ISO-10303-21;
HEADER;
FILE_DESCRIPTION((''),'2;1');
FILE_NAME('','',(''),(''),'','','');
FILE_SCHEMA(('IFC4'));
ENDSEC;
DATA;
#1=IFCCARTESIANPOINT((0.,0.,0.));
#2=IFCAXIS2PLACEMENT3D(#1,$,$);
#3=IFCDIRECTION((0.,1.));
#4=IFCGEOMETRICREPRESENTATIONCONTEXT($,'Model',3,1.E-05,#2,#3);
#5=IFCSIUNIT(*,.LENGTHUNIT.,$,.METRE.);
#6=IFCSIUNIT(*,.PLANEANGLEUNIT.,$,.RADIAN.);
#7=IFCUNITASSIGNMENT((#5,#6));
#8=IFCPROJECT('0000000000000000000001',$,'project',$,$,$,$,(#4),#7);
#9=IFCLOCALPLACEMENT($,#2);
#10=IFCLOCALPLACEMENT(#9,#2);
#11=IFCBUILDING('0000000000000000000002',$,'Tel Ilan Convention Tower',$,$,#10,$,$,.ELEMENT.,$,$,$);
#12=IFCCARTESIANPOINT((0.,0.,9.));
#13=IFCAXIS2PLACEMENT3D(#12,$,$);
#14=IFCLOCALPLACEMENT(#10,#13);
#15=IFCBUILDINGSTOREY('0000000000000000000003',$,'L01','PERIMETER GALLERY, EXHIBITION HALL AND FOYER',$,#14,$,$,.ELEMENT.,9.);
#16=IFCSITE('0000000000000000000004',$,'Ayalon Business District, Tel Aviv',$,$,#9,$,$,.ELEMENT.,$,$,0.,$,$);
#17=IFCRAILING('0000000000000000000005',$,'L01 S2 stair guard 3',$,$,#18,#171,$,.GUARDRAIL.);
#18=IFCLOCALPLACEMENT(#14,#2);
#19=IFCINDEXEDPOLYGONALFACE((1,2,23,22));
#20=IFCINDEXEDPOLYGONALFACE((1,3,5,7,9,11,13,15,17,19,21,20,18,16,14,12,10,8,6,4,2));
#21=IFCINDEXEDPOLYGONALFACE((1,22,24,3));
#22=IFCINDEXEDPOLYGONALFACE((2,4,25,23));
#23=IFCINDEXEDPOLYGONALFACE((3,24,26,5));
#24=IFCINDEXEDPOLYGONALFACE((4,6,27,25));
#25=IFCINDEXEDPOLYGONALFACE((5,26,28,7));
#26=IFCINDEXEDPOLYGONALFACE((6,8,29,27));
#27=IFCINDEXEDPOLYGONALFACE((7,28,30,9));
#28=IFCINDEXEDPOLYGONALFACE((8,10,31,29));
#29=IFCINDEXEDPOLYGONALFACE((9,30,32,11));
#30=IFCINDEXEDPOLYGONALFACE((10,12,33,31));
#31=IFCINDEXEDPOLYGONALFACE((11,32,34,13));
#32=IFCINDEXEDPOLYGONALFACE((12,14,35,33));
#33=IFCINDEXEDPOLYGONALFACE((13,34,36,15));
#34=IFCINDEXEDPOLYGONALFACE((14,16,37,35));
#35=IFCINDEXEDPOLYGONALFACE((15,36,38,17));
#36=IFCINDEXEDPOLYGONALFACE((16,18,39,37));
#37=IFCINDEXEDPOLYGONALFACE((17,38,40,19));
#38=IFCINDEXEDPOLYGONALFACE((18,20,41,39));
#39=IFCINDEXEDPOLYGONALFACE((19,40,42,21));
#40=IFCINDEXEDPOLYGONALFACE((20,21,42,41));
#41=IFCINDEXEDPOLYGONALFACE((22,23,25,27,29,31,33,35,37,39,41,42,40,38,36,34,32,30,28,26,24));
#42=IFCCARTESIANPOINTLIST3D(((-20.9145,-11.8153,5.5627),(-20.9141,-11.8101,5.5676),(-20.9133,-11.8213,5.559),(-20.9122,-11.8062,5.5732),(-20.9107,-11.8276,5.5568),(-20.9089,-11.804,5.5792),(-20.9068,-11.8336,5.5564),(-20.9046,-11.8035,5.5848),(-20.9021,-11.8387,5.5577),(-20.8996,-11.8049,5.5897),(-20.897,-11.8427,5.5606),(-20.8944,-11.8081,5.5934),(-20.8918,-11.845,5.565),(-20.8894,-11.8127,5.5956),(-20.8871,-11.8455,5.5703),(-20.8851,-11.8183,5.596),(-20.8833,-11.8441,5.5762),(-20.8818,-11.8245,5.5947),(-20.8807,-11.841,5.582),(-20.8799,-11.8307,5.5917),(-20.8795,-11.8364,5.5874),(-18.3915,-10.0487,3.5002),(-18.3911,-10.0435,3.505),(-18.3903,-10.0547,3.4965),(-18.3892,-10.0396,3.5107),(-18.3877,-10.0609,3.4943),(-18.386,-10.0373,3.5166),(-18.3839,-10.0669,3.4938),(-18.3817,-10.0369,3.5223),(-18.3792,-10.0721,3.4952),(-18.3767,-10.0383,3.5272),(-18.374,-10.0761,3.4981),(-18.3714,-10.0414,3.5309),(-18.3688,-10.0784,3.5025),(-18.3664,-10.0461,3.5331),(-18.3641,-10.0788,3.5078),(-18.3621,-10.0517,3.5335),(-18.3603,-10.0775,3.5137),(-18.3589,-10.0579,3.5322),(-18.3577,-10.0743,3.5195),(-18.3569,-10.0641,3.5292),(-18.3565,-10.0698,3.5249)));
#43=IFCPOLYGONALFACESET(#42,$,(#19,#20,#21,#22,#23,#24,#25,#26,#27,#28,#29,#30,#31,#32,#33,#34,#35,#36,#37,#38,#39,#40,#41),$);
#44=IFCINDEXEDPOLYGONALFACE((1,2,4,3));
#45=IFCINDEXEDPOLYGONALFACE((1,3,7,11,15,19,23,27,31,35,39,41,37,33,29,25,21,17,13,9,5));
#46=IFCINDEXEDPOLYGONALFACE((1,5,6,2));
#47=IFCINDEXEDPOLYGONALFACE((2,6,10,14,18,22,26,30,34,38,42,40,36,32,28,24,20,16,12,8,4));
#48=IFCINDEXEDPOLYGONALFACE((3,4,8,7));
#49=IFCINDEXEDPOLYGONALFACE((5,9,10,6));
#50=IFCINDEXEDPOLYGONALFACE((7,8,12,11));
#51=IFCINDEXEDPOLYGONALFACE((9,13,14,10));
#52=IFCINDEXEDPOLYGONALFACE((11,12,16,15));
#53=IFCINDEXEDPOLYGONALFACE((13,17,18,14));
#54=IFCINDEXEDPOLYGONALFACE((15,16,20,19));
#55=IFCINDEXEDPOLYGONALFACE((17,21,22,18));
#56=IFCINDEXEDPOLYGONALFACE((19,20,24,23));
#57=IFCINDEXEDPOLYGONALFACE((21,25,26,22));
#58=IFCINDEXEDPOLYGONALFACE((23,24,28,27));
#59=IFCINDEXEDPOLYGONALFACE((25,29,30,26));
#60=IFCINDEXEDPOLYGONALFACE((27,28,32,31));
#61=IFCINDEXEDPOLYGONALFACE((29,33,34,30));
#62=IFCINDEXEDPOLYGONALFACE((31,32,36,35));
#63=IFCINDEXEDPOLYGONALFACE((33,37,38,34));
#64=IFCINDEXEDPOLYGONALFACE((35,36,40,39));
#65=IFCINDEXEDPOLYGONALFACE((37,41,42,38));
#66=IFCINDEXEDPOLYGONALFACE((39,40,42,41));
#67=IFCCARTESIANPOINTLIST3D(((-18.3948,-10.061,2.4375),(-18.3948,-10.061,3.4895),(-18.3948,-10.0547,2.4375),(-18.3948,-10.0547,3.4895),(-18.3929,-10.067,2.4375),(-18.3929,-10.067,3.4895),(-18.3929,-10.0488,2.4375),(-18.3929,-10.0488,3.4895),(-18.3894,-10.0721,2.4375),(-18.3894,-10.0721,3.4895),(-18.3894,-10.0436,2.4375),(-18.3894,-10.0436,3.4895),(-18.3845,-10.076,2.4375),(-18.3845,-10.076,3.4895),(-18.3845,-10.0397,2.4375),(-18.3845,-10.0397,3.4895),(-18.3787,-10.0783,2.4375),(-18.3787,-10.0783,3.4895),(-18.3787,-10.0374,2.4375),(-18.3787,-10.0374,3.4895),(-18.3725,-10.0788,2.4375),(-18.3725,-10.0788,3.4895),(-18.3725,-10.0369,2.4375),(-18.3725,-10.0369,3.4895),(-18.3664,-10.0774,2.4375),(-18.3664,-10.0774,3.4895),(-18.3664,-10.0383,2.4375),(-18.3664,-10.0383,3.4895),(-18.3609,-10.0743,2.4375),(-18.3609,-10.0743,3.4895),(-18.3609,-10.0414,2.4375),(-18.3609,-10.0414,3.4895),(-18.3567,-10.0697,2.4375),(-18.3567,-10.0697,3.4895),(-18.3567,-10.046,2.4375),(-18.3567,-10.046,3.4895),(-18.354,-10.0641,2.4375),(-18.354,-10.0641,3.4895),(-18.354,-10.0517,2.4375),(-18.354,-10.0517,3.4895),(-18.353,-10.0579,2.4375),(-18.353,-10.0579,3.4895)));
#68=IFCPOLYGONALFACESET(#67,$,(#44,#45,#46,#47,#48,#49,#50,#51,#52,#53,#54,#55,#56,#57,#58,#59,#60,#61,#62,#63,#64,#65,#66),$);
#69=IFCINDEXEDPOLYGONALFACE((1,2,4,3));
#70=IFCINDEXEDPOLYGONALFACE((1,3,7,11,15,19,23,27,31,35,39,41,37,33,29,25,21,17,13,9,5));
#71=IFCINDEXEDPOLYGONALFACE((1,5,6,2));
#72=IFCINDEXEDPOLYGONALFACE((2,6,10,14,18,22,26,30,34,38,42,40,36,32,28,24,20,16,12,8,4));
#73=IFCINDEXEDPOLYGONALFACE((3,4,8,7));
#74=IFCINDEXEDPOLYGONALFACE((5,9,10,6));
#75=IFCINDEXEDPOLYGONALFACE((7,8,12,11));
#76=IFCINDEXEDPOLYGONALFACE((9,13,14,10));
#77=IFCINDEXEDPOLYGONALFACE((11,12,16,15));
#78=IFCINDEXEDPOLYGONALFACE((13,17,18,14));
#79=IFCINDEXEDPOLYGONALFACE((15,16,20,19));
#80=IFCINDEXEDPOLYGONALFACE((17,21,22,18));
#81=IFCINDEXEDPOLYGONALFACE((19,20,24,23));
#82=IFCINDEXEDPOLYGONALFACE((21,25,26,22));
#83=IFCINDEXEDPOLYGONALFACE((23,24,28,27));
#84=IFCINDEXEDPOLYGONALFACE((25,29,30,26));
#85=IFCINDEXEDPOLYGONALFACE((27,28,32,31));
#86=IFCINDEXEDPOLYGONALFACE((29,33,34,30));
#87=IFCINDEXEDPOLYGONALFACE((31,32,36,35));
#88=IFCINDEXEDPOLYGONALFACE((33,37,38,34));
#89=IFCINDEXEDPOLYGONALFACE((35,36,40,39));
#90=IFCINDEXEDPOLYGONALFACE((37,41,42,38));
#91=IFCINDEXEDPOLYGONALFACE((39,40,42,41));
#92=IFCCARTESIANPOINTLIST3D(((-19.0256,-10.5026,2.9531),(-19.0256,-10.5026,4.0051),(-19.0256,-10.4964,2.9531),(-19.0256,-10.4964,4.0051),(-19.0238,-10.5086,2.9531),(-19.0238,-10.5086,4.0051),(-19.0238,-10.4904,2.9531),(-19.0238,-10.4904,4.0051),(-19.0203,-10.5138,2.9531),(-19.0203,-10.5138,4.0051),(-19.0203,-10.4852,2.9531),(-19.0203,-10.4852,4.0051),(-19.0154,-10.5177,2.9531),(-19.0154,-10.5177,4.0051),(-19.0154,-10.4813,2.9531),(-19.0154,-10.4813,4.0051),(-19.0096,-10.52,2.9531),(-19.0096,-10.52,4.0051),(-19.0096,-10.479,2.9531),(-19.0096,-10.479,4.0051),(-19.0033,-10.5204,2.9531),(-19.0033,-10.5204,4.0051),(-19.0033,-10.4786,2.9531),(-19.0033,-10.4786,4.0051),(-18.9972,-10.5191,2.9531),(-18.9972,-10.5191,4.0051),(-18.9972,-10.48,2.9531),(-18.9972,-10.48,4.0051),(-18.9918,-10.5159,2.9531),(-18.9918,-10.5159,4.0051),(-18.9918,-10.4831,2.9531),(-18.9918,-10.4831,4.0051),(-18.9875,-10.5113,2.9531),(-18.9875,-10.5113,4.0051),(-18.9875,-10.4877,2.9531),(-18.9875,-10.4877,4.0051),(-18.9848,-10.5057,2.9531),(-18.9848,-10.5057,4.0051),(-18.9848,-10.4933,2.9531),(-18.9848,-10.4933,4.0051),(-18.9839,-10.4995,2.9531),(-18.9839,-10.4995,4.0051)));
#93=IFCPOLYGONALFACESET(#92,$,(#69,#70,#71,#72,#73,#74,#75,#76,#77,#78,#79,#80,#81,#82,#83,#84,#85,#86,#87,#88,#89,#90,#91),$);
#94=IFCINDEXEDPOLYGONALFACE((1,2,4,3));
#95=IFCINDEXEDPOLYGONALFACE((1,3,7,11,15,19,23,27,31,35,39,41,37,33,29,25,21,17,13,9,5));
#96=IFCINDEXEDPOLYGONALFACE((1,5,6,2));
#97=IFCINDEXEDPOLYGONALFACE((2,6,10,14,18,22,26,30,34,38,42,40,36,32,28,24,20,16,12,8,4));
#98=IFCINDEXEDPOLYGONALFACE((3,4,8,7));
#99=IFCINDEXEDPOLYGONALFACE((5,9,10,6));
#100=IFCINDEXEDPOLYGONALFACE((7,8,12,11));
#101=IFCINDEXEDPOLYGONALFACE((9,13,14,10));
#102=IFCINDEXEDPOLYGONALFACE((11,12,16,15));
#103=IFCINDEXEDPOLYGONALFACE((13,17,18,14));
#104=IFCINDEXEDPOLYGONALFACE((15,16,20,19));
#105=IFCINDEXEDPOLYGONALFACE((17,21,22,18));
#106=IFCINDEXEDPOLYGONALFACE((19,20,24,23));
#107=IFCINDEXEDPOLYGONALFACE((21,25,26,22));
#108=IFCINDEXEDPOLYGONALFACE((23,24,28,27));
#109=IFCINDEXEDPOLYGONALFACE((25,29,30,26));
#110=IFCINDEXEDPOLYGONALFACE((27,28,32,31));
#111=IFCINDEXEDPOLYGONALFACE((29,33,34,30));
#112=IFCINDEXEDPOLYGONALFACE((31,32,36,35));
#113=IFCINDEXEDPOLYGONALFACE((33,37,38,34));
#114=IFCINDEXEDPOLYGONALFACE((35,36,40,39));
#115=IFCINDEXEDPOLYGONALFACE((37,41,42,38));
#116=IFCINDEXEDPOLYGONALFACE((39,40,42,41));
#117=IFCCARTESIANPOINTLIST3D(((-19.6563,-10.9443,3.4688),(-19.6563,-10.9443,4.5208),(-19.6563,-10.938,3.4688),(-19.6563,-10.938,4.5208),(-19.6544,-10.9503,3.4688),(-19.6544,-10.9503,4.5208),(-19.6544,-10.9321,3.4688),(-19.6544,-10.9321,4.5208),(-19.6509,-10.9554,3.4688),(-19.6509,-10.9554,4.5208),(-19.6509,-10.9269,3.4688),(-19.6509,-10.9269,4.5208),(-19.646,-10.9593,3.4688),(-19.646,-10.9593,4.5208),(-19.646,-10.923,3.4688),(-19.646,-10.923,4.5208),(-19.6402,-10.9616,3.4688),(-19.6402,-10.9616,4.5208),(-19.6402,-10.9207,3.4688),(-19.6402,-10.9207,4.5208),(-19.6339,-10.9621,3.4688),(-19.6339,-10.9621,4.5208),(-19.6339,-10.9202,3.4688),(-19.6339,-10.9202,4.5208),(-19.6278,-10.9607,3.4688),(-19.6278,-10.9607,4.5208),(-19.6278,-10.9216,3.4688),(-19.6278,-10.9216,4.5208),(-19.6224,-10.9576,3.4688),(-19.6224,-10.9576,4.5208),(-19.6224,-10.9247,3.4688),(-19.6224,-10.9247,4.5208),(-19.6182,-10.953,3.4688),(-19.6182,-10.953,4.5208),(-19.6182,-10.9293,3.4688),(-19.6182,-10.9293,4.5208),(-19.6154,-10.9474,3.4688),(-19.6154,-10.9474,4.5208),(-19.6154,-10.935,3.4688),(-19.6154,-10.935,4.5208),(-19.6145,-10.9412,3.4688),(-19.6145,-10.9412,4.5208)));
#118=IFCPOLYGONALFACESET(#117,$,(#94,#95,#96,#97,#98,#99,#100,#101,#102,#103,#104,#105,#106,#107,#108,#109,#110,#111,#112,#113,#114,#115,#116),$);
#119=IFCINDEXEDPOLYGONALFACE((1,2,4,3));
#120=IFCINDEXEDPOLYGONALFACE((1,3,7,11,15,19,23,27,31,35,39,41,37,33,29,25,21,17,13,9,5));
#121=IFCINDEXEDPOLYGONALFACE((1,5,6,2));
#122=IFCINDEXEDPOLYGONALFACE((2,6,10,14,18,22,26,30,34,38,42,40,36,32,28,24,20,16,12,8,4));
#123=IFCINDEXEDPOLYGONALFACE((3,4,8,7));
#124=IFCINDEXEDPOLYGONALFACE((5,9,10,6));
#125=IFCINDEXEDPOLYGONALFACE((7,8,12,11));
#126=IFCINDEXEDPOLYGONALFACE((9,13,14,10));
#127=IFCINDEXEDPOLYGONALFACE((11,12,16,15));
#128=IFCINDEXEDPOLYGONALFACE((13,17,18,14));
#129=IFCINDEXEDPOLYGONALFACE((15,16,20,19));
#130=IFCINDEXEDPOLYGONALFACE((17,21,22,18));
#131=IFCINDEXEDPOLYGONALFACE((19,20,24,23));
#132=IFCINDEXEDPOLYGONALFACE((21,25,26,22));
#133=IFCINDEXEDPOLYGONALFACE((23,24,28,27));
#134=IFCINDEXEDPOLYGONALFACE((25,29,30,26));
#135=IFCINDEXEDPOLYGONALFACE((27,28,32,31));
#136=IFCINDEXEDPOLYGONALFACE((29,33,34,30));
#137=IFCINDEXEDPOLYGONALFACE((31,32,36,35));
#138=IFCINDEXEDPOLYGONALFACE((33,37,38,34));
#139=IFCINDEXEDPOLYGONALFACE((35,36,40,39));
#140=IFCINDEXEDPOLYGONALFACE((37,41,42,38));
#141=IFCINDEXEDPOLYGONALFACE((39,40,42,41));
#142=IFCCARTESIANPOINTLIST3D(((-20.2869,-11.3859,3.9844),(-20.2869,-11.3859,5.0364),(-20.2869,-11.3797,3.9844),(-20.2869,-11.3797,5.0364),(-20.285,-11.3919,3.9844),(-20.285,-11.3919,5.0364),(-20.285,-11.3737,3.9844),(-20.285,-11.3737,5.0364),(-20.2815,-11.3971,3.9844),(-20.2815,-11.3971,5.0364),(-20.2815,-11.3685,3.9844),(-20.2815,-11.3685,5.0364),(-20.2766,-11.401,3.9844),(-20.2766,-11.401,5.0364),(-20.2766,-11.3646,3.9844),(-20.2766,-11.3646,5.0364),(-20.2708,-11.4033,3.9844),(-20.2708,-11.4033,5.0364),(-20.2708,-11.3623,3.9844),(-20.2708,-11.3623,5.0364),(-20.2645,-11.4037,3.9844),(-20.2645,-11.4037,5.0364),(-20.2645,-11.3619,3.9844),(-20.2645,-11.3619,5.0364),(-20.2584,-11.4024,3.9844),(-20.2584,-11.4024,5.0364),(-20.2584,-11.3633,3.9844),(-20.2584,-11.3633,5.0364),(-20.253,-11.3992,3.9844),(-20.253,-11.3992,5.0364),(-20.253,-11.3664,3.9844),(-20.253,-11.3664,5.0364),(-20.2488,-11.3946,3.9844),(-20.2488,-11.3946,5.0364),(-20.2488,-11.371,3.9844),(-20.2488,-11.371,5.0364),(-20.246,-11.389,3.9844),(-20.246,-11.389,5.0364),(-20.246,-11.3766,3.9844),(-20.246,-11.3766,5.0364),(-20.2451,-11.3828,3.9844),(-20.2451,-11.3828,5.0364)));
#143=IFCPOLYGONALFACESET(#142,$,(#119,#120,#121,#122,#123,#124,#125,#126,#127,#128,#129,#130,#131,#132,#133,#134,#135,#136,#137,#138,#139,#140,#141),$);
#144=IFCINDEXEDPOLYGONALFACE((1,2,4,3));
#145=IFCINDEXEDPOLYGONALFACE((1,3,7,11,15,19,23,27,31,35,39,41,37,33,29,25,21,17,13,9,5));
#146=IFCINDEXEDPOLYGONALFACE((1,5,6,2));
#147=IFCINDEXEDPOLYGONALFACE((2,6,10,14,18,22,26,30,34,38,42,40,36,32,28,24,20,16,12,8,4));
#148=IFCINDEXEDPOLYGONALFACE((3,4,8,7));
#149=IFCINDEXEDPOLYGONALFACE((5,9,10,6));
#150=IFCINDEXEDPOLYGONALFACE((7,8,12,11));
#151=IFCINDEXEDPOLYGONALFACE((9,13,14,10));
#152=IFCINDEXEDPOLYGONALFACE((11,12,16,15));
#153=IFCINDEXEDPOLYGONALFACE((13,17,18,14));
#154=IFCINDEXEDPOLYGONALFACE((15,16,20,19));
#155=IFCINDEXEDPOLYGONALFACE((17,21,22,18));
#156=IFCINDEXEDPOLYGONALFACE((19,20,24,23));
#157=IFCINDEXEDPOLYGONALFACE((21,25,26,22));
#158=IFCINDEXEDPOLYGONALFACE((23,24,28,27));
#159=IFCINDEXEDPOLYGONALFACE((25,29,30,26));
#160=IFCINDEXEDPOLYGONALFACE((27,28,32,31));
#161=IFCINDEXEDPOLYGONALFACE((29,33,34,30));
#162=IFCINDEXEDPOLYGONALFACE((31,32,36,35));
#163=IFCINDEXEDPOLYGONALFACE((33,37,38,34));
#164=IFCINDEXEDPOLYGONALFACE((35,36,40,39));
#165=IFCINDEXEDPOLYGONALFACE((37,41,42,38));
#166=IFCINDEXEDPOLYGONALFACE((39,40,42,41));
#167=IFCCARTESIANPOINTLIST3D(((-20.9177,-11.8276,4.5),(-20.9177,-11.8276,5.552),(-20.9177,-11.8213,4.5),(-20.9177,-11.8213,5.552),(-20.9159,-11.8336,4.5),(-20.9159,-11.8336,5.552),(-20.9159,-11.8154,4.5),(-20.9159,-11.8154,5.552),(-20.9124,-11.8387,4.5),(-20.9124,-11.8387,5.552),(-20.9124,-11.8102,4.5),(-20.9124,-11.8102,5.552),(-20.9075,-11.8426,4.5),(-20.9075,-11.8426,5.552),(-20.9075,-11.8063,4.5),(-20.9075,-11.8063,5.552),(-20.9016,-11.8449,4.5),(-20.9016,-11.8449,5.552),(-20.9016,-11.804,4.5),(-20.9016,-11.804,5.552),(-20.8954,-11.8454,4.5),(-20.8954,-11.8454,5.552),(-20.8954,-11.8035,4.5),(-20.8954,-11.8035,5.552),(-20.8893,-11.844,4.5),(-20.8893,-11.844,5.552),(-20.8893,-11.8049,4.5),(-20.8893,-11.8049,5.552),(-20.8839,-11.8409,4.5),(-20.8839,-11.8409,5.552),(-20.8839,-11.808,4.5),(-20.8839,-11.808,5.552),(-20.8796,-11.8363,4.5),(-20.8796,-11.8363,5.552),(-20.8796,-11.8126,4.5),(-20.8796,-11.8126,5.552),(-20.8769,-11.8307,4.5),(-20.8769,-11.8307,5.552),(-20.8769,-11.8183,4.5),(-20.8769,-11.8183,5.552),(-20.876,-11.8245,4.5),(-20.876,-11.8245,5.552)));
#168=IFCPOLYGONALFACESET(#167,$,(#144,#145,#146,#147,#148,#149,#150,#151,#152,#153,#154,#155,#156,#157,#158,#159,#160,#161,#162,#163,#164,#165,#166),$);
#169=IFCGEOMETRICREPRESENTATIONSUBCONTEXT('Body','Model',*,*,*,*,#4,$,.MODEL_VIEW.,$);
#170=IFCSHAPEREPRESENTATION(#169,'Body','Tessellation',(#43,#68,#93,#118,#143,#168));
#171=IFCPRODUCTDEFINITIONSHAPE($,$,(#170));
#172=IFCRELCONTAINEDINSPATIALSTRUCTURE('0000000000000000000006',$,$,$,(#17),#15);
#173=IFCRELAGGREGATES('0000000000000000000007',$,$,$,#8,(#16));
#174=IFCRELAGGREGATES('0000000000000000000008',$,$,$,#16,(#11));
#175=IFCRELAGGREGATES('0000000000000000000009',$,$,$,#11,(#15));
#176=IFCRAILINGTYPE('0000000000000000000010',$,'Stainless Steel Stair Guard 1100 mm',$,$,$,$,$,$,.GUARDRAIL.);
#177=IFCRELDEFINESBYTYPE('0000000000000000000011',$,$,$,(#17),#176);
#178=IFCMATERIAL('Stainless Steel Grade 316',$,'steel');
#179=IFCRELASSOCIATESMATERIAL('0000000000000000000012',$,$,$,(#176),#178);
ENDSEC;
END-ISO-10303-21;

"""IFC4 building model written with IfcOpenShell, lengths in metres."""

from ifc_helpers import new_model, si_unit, direction, frame, origin, origin_2d, place, context, subcontext, project, spatial, circle, extrude, material, type_object, element, save


model = new_model("IFC4")

# Units and contexts
model_context = context("Model", 3, precision=1e-05, world=origin(), true_north=direction((0.0, 1.0)))
body_context = subcontext(model_context, "Body", "Model", "MODEL_VIEW")
ifc_project = project(units=[si_unit("LENGTHUNIT", "METRE"), si_unit("PLANEANGLEUNIT", "RADIAN")], contexts=[model_context])

# Site, building, storey
site_placement = place(None, origin())
site = spatial("IfcSite", under=ifc_project, at=site_placement, Name="Ayalon Business District, Tel Aviv", CompositionType="ELEMENT", RefElevation=0.0)
building_placement = place(site_placement, origin())
building = spatial("IfcBuilding", under=site, at=building_placement, Name="Tel Ilan Convention Tower", CompositionType="ELEMENT")
storey_placement = place(building_placement, frame((0.0, 0.0, 9.0)))
storey = spatial("IfcBuildingStorey", under=building, at=storey_placement, Name="L01", Description="PERIMETER GALLERY, EXHIBITION HALL AND FOYER", CompositionType="ELEMENT", Elevation=9.0)

# Railing
ifc_material_1 = material(Name="Stainless Steel Grade 316", Category="steel")
railing_type_1 = type_object("IfcRailingType", Name="Stainless Steel Stair Guard 1100 mm", PredefinedType="GUARDRAIL", material=ifc_material_1)
railing_1_placement = place(storey_placement, frame((-18.374, -10.0579, 2.4375)))
element("IfcRailing", 1, at=railing_1_placement, inside=storey, type_object=railing_type_1, Name="L01 S2 stair guard 3", PredefinedType="GUARDRAIL", context=body_context, shape_type="SweptSolid", body=[
    extrude(circle(Radius=0.0239, at=origin_2d()), frame((0.0, 0.0, 1.0762), z_axis=(-0.680635, -0.476589, 0.556416), x_axis=(0.573579, -0.81915, 0.0)), (0.0, 0.0, 1.0), 3.7068),
    extrude(circle(Radius=0.021, at=origin_2d()), origin(), (0.0, 0.0, 1.0), 1.052),
    extrude(circle(Radius=0.021, at=origin_2d()), frame((-0.6309, -0.4417, 0.5156)), (0.0, 0.0, 1.0), 1.052),
    extrude(circle(Radius=0.021, at=origin_2d()), frame((-1.2615, -0.8833, 1.0312)), (0.0, 0.0, 1.0), 1.052),
    extrude(circle(Radius=0.021, at=origin_2d()), frame((-1.8921, -1.325, 1.5469)), (0.0, 0.0, 1.0), 1.052),
    extrude(circle(Radius=0.021, at=origin_2d()), frame((-2.5229, -1.7666, 2.0625)), (0.0, 0.0, 1.0), 1.052),
])

save(model, "model.ifc")
